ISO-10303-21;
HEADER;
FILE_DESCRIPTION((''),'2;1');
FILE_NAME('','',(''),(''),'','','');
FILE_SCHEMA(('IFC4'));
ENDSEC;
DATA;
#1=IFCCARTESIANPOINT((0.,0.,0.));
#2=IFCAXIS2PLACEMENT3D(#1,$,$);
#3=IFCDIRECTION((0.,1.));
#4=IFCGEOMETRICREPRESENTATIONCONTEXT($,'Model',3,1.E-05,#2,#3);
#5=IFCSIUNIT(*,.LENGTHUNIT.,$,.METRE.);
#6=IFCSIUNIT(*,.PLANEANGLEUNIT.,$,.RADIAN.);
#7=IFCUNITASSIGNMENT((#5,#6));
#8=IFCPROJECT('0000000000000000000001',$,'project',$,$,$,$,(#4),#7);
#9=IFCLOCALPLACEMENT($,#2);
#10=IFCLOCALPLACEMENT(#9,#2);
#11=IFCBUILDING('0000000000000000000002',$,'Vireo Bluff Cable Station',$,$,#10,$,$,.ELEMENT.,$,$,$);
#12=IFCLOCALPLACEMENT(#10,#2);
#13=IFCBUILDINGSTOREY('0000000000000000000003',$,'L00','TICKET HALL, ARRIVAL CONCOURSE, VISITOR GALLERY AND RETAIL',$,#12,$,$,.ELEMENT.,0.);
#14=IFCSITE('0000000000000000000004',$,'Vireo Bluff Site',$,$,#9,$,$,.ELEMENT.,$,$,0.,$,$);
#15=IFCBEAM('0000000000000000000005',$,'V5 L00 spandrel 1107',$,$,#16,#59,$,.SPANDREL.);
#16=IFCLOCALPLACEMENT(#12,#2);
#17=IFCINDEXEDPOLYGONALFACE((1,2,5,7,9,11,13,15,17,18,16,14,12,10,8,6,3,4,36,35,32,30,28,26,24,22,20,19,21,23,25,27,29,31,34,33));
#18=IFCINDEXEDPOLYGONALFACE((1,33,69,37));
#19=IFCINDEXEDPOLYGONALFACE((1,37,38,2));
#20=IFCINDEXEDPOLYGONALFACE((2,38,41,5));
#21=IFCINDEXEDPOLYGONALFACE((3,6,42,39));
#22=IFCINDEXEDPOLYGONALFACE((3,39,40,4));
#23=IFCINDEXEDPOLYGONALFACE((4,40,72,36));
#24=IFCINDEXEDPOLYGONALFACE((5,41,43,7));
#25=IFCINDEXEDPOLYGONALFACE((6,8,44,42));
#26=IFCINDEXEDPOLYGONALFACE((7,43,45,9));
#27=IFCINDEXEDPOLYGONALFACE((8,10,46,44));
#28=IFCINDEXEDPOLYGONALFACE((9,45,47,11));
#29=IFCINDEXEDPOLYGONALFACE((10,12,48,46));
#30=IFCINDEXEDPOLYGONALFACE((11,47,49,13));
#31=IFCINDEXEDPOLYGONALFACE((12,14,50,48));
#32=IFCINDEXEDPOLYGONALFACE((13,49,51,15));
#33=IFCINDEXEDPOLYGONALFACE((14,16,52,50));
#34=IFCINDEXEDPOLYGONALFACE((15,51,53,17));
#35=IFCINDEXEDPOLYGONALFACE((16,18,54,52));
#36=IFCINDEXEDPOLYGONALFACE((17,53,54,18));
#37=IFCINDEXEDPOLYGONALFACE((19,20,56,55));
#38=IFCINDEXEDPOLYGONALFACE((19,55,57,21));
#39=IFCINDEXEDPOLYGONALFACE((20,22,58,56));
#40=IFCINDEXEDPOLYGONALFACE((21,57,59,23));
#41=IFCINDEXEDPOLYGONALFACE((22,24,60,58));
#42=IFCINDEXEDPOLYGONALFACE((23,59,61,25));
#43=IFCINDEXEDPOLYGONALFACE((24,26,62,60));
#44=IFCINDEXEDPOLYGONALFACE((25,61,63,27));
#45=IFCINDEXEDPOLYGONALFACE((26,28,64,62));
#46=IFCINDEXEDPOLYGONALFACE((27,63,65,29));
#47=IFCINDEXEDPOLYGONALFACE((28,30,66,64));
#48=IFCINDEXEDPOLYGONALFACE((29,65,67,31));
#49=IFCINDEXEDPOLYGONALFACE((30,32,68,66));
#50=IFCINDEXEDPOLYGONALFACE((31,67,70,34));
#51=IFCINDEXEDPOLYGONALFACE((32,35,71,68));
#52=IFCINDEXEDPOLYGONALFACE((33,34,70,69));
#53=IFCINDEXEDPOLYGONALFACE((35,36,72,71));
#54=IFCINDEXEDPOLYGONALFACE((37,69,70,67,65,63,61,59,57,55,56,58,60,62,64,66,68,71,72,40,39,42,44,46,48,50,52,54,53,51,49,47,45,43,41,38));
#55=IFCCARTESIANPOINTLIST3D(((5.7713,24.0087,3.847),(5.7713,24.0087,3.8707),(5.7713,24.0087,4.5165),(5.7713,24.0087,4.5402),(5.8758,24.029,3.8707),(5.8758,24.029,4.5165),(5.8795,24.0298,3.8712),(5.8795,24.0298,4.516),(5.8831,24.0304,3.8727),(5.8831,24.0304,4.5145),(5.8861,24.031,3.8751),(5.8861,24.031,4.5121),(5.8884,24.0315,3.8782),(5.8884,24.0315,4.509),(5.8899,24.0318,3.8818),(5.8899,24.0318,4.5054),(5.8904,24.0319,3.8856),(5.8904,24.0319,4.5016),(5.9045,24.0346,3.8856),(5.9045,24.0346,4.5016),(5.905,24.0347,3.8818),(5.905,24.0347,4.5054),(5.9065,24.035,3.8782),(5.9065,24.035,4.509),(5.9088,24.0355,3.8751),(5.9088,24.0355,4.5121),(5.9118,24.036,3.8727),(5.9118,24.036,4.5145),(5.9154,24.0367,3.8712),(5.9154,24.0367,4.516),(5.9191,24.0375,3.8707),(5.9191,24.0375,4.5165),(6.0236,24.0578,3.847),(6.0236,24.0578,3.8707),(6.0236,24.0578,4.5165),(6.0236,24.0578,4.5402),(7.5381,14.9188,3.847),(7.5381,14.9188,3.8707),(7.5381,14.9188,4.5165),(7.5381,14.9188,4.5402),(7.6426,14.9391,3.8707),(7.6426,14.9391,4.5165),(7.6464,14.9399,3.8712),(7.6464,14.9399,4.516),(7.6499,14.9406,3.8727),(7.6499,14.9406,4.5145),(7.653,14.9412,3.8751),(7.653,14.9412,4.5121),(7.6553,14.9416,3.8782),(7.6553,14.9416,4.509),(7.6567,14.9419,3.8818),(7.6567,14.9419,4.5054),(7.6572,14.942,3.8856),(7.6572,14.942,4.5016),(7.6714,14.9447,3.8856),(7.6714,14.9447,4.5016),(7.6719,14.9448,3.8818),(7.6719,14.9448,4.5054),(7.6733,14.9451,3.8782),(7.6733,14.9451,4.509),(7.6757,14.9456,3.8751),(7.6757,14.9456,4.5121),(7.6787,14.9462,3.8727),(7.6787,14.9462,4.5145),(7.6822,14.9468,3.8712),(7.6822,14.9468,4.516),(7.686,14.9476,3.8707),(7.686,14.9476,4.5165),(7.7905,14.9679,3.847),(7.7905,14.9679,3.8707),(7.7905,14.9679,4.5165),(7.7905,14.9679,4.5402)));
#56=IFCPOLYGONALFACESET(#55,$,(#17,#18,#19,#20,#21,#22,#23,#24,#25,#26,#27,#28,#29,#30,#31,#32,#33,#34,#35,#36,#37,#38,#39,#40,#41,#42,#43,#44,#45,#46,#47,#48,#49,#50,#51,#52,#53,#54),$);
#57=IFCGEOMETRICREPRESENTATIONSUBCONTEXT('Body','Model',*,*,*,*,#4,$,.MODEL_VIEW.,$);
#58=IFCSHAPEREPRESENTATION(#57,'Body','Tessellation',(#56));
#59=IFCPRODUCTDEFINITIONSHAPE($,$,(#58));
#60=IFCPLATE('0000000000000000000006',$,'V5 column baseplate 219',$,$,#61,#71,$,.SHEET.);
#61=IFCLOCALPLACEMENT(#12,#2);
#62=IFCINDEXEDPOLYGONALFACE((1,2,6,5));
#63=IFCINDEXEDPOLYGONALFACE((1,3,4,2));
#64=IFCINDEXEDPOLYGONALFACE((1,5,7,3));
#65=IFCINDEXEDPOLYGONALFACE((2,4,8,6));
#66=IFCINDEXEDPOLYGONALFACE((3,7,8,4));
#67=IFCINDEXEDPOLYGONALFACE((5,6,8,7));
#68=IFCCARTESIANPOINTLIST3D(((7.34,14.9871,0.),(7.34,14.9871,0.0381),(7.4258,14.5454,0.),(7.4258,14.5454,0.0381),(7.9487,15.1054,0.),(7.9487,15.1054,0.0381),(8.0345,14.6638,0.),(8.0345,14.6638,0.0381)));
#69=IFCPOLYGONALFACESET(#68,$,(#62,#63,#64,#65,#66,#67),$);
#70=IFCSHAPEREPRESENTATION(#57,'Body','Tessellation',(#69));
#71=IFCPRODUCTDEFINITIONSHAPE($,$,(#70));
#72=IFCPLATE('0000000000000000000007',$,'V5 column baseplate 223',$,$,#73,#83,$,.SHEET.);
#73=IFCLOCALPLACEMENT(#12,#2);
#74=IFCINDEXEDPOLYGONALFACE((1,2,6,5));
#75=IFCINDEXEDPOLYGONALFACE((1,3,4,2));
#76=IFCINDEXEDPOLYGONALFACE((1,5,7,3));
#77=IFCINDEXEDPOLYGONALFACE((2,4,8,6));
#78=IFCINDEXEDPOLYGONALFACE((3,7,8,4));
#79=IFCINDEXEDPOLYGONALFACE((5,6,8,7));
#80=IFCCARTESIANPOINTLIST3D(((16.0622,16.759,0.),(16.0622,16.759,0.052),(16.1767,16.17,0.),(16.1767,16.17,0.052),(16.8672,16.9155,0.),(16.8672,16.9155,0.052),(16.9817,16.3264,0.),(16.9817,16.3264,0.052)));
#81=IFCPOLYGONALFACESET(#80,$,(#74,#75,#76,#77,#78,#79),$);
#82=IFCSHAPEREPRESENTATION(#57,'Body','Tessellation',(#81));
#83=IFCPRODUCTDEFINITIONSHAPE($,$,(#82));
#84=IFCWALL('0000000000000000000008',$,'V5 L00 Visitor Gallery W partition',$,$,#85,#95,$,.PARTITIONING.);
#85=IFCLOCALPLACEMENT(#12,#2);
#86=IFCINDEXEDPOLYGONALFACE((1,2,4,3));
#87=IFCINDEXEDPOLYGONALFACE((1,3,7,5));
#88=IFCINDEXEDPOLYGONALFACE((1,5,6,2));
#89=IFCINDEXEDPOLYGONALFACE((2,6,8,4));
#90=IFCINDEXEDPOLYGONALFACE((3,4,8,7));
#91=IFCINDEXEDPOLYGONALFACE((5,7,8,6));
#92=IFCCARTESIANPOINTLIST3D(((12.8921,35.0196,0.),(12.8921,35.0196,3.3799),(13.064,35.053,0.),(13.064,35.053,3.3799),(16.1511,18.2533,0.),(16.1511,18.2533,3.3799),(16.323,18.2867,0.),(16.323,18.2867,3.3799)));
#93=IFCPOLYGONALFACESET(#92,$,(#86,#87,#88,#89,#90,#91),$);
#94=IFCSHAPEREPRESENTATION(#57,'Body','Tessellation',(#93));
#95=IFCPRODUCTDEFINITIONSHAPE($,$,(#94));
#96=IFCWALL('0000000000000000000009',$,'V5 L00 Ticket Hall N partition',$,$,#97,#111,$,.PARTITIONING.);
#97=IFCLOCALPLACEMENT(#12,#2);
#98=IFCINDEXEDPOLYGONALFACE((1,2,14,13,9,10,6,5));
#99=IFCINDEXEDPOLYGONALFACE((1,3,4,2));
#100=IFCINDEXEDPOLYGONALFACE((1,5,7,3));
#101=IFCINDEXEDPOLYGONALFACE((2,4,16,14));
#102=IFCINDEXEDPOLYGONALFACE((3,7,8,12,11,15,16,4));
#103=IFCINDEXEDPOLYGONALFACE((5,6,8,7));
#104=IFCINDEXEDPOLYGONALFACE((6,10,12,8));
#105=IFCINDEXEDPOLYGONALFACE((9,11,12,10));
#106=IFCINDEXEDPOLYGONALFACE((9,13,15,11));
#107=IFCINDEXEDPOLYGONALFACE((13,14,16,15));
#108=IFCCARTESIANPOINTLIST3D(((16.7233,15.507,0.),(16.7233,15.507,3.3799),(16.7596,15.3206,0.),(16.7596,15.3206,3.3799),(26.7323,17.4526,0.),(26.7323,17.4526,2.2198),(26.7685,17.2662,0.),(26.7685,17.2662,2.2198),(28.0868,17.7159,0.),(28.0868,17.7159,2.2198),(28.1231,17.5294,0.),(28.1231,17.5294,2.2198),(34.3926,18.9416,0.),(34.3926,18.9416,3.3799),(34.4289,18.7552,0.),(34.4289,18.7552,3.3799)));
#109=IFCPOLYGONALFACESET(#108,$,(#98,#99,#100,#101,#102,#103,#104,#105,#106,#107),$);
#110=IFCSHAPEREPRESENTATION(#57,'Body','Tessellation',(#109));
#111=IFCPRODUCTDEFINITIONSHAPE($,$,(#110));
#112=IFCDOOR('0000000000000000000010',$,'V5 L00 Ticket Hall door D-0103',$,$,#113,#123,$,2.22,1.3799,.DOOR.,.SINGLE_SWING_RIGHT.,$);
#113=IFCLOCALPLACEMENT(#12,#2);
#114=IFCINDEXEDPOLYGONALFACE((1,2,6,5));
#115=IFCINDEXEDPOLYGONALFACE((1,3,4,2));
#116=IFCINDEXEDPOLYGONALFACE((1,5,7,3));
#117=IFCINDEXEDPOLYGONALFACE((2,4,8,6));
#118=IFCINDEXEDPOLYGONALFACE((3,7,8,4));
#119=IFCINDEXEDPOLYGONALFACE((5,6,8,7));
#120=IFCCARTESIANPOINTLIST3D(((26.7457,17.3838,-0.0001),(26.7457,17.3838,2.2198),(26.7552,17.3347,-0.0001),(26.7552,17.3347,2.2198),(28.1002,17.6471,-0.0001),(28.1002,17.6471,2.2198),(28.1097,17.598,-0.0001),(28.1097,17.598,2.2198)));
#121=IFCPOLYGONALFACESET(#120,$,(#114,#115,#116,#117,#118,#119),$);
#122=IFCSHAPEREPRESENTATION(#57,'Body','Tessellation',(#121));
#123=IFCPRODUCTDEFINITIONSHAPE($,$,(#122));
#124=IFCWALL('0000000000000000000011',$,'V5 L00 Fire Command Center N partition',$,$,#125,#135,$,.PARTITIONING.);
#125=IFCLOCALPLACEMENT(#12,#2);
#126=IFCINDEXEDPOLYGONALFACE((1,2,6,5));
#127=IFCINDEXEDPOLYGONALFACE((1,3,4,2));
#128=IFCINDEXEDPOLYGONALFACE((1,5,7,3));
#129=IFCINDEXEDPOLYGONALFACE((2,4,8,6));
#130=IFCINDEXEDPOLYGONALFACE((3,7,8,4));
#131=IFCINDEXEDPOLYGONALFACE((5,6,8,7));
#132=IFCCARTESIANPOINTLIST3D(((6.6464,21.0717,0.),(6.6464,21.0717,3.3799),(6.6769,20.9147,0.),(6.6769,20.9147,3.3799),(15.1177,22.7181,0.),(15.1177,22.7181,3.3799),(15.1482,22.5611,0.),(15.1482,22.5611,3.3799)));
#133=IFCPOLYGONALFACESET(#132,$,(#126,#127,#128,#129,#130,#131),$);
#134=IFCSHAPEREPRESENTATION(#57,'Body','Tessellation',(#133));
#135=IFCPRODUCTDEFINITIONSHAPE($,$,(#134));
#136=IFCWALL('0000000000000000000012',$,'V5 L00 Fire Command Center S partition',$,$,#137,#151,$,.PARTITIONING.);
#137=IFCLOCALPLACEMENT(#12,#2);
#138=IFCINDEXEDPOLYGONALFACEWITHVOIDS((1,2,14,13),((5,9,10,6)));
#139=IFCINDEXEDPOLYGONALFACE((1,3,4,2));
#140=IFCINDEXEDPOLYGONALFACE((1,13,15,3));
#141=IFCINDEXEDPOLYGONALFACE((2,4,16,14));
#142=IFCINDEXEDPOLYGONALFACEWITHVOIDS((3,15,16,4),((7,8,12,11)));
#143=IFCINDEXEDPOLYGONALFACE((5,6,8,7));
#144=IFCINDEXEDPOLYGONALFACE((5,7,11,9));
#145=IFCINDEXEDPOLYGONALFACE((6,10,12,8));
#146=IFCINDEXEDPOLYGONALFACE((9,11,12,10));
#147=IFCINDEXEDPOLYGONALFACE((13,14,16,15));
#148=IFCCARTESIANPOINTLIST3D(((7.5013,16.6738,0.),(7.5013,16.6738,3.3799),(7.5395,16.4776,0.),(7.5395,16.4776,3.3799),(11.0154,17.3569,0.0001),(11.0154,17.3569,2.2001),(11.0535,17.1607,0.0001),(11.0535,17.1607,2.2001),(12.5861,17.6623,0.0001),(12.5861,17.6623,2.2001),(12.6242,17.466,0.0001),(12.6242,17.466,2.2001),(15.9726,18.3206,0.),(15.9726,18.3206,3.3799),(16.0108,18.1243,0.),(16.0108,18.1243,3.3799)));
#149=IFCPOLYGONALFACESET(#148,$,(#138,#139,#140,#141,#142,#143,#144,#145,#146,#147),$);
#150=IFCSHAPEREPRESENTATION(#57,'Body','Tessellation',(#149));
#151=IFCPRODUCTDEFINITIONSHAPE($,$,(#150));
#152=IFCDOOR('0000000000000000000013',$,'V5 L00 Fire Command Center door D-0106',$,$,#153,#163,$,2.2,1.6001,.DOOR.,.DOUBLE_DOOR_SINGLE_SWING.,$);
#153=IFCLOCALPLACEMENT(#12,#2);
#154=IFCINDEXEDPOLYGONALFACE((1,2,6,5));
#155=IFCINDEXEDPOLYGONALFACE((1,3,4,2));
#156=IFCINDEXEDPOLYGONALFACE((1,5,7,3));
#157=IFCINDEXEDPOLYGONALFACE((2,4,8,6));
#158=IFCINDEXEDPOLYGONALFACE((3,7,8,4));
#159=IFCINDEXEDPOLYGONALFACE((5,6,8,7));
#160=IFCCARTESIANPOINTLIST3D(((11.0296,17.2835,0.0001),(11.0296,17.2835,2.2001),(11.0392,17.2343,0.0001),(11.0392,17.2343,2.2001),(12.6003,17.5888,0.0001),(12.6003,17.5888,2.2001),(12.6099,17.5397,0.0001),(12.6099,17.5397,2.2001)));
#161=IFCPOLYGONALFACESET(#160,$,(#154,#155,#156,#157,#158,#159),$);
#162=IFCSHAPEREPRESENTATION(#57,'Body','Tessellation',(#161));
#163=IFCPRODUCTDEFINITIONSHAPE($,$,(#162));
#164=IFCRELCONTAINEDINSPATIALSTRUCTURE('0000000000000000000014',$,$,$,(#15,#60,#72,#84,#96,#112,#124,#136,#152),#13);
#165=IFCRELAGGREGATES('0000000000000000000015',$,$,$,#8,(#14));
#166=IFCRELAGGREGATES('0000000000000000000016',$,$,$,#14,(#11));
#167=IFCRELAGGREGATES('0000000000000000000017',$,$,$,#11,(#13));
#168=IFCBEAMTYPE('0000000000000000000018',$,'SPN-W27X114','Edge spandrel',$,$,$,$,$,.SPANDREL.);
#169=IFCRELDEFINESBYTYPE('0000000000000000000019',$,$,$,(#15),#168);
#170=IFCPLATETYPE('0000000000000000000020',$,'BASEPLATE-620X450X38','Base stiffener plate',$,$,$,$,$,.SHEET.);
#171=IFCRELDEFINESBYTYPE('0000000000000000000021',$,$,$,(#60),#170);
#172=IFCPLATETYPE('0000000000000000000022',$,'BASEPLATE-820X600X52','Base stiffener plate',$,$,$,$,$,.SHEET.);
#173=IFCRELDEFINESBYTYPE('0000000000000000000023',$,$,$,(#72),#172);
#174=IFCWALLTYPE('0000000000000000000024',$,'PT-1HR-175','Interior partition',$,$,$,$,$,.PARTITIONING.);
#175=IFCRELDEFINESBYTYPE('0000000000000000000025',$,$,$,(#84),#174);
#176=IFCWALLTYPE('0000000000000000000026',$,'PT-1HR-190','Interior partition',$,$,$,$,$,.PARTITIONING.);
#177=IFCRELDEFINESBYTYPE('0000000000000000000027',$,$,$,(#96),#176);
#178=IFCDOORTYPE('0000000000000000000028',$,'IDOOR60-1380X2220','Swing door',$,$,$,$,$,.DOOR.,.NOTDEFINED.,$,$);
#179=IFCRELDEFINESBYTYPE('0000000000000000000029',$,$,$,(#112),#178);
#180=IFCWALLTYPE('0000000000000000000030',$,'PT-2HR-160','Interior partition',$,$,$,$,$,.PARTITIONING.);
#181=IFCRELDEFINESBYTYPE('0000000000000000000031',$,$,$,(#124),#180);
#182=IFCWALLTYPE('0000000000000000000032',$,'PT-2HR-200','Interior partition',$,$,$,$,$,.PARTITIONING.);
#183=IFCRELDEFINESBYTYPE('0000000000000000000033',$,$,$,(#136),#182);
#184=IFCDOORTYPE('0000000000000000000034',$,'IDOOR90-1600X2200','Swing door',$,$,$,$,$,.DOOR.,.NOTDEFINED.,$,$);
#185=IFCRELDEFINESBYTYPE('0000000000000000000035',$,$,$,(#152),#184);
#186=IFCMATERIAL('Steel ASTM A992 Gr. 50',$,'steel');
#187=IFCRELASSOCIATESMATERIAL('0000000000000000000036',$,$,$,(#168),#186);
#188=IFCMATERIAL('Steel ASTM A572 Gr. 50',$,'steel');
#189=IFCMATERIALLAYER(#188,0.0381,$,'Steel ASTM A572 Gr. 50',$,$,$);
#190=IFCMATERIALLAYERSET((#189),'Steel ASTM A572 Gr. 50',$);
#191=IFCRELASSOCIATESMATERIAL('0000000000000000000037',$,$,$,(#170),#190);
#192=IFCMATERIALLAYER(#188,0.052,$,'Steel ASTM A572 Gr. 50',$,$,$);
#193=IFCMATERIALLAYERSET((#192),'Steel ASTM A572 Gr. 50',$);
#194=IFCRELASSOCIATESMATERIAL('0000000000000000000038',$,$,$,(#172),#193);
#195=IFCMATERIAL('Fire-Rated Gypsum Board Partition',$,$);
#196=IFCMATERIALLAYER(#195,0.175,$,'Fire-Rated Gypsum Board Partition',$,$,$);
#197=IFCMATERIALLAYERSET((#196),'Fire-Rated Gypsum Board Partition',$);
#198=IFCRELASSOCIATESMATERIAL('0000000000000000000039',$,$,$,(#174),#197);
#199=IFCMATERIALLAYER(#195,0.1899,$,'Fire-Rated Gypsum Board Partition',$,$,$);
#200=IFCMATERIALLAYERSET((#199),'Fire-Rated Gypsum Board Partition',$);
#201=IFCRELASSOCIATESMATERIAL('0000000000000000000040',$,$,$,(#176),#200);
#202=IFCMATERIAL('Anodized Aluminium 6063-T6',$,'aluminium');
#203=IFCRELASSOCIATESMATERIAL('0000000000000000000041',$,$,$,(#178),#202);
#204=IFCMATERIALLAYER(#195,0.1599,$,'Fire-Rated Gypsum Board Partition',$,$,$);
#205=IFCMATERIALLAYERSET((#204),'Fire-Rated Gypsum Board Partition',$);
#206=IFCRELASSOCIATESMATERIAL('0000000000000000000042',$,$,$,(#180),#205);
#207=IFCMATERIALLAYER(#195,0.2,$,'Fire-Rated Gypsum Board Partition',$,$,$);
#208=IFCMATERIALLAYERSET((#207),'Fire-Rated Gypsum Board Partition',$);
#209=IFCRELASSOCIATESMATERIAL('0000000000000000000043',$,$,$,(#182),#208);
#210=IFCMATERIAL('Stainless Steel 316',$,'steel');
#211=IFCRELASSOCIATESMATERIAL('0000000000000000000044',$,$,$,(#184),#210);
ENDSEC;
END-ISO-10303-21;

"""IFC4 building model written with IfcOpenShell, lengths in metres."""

from ifc_helpers import new_model, si_unit, direction, frame, frame_2d, origin, origin_with_axes, origin_2d, place, context, subcontext, project, spatial, rectangle, i_section, extrude, material, layer, layer_set, material_profile, profile_set, type_object, element, fill, save


model = new_model("IFC4")

# Units and contexts
model_context = context("Model", 3, precision=1e-05, world=origin(), true_north=direction((0.0, 1.0)))
body_context = subcontext(model_context, "Body", "Model", "MODEL_VIEW")
ifc_project = project(units=[si_unit("LENGTHUNIT", "METRE"), si_unit("PLANEANGLEUNIT", "RADIAN")], contexts=[model_context])

# Site, building, storey
site_placement = place(None, origin())
site = spatial("IfcSite", under=ifc_project, at=site_placement, Name="Vireo Bluff Site", CompositionType="ELEMENT", RefElevation=0.0)
building_placement = place(site_placement, origin())
building = spatial("IfcBuilding", under=site, at=building_placement, Name="Vireo Bluff Cable Station", CompositionType="ELEMENT")
storey_placement = place(building_placement, origin())
storey = spatial("IfcBuildingStorey", under=building, at=storey_placement, Name="L00", Description="TICKET HALL, ARRIVAL CONCOURSE, VISITOR GALLERY AND RETAIL", CompositionType="ELEMENT", Elevation=0.0)

# Shared definitions
ifc_material_1 = material(Name="Steel ASTM A992 Gr. 50", Category="steel")

# Beam
ifc_material_profile_1 = material_profile(ifc_material_1, i_section(OverallWidth=0.2571, OverallDepth=0.6931, WebThickness=0.0144, FlangeThickness=0.0237, FilletRadius=0.0149, at=origin_2d()), Name="W27X114")
ifc_profile_set_1 = profile_set([ifc_material_profile_1], Name="Steel ASTM A992 Gr. 50")
beam_type_1 = type_object("IfcBeamType", Name="SPN-W27X114", Description="Edge spandrel", PredefinedType="SPANDREL", material=ifc_profile_set_1)
beam_1_placement = place(storey_placement, frame((7.6643, 14.9434, 4.1936), z_axis=(-0.190805, 0.981628, 0.0), x_axis=(-0.981628, -0.190805, 0.0)))
element("IfcBeam", 1, at=beam_1_placement, inside=storey, type_object=beam_type_1, Name="V5 L00 spandrel 1107", PredefinedType="SPANDREL", context=body_context, shape_type="SweptSolid", body=[
    extrude(i_section(OverallWidth=0.2571, OverallDepth=0.6931, WebThickness=0.0144, FlangeThickness=0.0237, FilletRadius=0.0149, at=origin_2d()), origin(), (0.0, 0.0, 1.0), 9.26),
])

# Plates
ifc_material_2 = material(Name="Steel ASTM A572 Gr. 50", Category="steel")
ifc_layer_1 = layer(ifc_material_2, 0.0381, Name="Steel ASTM A572 Gr. 50")
ifc_layer_set_1 = layer_set([ifc_layer_1], Name="Steel ASTM A572 Gr. 50")
plate_type_1 = type_object("IfcPlateType", Name="BASEPLATE-620X450X38", Description="Base stiffener plate", PredefinedType="SHEET", material=ifc_layer_set_1)
plate_1_placement = place(storey_placement, frame((7.6873, 14.8254, 0.0), z_axis=(0.0, 0.0, 1.0), x_axis=(0.981627, 0.190809, 0.0)))
element("IfcPlate", 2, at=plate_1_placement, inside=storey, type_object=plate_type_1, Name="V5 column baseplate 219", PredefinedType="SHEET", context=body_context, shape_type="SweptSolid", body=[
    extrude(rectangle(XDim=0.6201, YDim=0.45, at=origin_2d()), origin(), (0.0, 0.0, 1.0), 0.0381),
])
ifc_layer_2 = layer(ifc_material_2, 0.052, Name="Steel ASTM A572 Gr. 50")
ifc_layer_set_2 = layer_set([ifc_layer_2], Name="Steel ASTM A572 Gr. 50")
plate_type_2 = type_object("IfcPlateType", Name="BASEPLATE-820X600X52", Description="Base stiffener plate", PredefinedType="SHEET", material=ifc_layer_set_2)
plate_2_placement = place(storey_placement, frame((16.522, 16.5427, 0.0), z_axis=(0.0, 0.0, 1.0), x_axis=(0.981627, 0.190809, 0.0)))
element("IfcPlate", 3, at=plate_2_placement, inside=storey, type_object=plate_type_2, Name="V5 column baseplate 223", PredefinedType="SHEET", context=body_context, shape_type="SweptSolid", body=[
    extrude(rectangle(XDim=0.8201, YDim=0.6001, at=origin_2d()), origin(), (0.0, 0.0, 1.0), 0.052),
])

# Shared definitions
ifc_material_3 = material(Name="Anodized Aluminium 6063-T6", Category="aluminium")

# Wall
ifc_material_4 = material(Name="Fire-Rated Gypsum Board Partition")
ifc_layer_3 = layer(ifc_material_4, 0.175, Name="Fire-Rated Gypsum Board Partition")
ifc_layer_set_3 = layer_set([ifc_layer_3], Name="Fire-Rated Gypsum Board Partition")
wall_type_1 = type_object("IfcWallType", Name="PT-1HR-175", Description="Interior partition", PredefinedType="PARTITIONING", material=ifc_layer_set_3)
wall_1_placement = place(storey_placement, frame((16.2371, 18.27, 0.0), z_axis=(0.0, 0.0, 1.0), x_axis=(-0.190808, 0.981627, 0.0)))
element("IfcWall", 4, at=wall_1_placement, inside=storey, type_object=wall_type_1, Name="V5 L00 Visitor Gallery W partition", PredefinedType="PARTITIONING", context=body_context, shape_type="SweptSolid", body=[
    extrude(rectangle(XDim=17.0801, YDim=0.175, at=frame_2d((8.54, 0.0))), origin(), (0.0, 0.0, 1.0), 3.3799),
])

# Wall, opening, door
ifc_layer_4 = layer(ifc_material_4, 0.1899, Name="Fire-Rated Gypsum Board Partition")
ifc_layer_set_4 = layer_set([ifc_layer_4], Name="Fire-Rated Gypsum Board Partition")
wall_type_2 = type_object("IfcWallType", Name="PT-1HR-190", Description="Interior partition", PredefinedType="PARTITIONING", material=ifc_layer_set_4)
wall_2_placement = place(storey_placement, frame((16.7415, 15.4138, 0.0), z_axis=(0.0, 0.0, 1.0), x_axis=(0.981627, 0.19081, 0.0)))
wall_2 = element("IfcWall", 5, at=wall_2_placement, inside=storey, type_object=wall_type_2, Name="V5 L00 Ticket Hall N partition", PredefinedType="PARTITIONING", context=body_context, shape_type="SweptSolid", body=[
    extrude(rectangle(XDim=18.0, YDim=0.1899, at=frame_2d((9.0, 0.0))), origin(), (0.0, 0.0, 1.0), 3.3799),
])
opening_1_placement = place(wall_2_placement, frame((10.1963, 0.0, 0.0)))
opening_1 = element("IfcOpeningElement", 6, at=opening_1_placement, cuts=wall_2, PredefinedType="OPENING", context=body_context, shape_type="SweptSolid", body=[
    extrude(rectangle(XDim=1.3799, YDim=2.22, at=frame_2d((0.6899, 1.1099))), frame((0.0, 0.105, 0.0), z_axis=(0.0, -1.0, 0.0), x_axis=(1.0, 0.0, 0.0)), (0.0, 0.0, 1.0), 0.21),
])
door_type_1 = type_object("IfcDoorType", Name="IDOOR60-1380X2220", Description="Swing door", OperationType="NOTDEFINED", PredefinedType="DOOR", material=ifc_material_3)
door_1_placement = place(opening_1_placement, origin_with_axes())
door_1 = element("IfcDoor", 7, at=door_1_placement, inside=storey, type_object=door_type_1, Name="V5 L00 Ticket Hall door D-0103", OperationType="SINGLE_SWING_RIGHT", OverallHeight=2.22, OverallWidth=1.3799, PredefinedType="DOOR", context=body_context, shape_type="SweptSolid", body=[
    extrude(rectangle(XDim=1.3799, YDim=2.22, at=frame_2d((0.6899, 1.1099))), frame((0.0, 0.0249, 0.0), z_axis=(0.0, -1.0, 0.0), x_axis=(1.0, 0.0, 0.0)), (0.0, 0.0, 1.0), 0.05),
])
fill(opening_1, door_1)

# Wall
ifc_layer_5 = layer(ifc_material_4, 0.1599, Name="Fire-Rated Gypsum Board Partition")
ifc_layer_set_5 = layer_set([ifc_layer_5], Name="Fire-Rated Gypsum Board Partition")
wall_type_3 = type_object("IfcWallType", Name="PT-2HR-160", Description="Interior partition", PredefinedType="PARTITIONING", material=ifc_layer_set_5)
wall_3_placement = place(storey_placement, frame((6.6616, 20.9932, 0.0), z_axis=(0.0, 0.0, 1.0), x_axis=(0.981631, 0.190787, 0.0)))
element("IfcWall", 8, at=wall_3_placement, inside=storey, type_object=wall_type_3, Name="V5 L00 Fire Command Center N partition", PredefinedType="PARTITIONING", context=body_context, shape_type="SweptSolid", body=[
    extrude(rectangle(XDim=8.6299, YDim=0.1599, at=frame_2d((4.3149, 0.0))), origin(), (0.0, 0.0, 1.0), 3.3799),
])

# Wall, opening, door
ifc_layer_6 = layer(ifc_material_4, 0.2, Name="Fire-Rated Gypsum Board Partition")
ifc_layer_set_6 = layer_set([ifc_layer_6], Name="Fire-Rated Gypsum Board Partition")
wall_type_4 = type_object("IfcWallType", Name="PT-2HR-200", Description="Interior partition", PredefinedType="PARTITIONING", material=ifc_layer_set_6)
wall_4_placement = place(storey_placement, frame((15.9917, 18.2224, 0.0), z_axis=(0.0, 0.0, 1.0), x_axis=(-0.981626, -0.190814, 0.0)))
wall_4 = element("IfcWall", 9, at=wall_4_placement, inside=storey, type_object=wall_type_4, Name="V5 L00 Fire Command Center S partition", PredefinedType="PARTITIONING", context=body_context, shape_type="SweptSolid", body=[
    extrude(rectangle(XDim=8.6299, YDim=0.2, at=frame_2d((4.3149, 0.0))), origin(), (0.0, 0.0, 1.0), 3.3799),
])
opening_2_placement = place(wall_4_placement, frame((3.45, 0.0, 0.0)))
opening_2 = element("IfcOpeningElement", 10, at=opening_2_placement, cuts=wall_4, PredefinedType="OPENING", context=body_context, shape_type="SweptSolid", body=[
    extrude(rectangle(XDim=1.6001, YDim=2.2, at=frame_2d((0.8, 1.1001))), frame((0.0, 0.1099, 0.0), z_axis=(0.0, -1.0, 0.0), x_axis=(1.0, 0.0, 0.0)), (0.0, 0.0, 1.0), 0.22),
])
ifc_material_5 = material(Name="Stainless Steel 316", Category="steel")
door_type_2 = type_object("IfcDoorType", Name="IDOOR90-1600X2200", Description="Swing door", OperationType="NOTDEFINED", PredefinedType="DOOR", material=ifc_material_5)
door_2_placement = place(opening_2_placement, origin_with_axes())
door_2 = element("IfcDoor", 11, at=door_2_placement, inside=storey, type_object=door_type_2, Name="V5 L00 Fire Command Center door D-0106", OperationType="DOUBLE_DOOR_SINGLE_SWING", OverallHeight=2.2, OverallWidth=1.6001, PredefinedType="DOOR", context=body_context, shape_type="SweptSolid", body=[
    extrude(rectangle(XDim=1.6001, YDim=2.2, at=frame_2d((0.8, 1.1001))), frame((0.0, 0.0249, 0.0), z_axis=(0.0, -1.0, 0.0), x_axis=(1.0, 0.0, 0.0)), (0.0, 0.0, 1.0), 0.05),
])
fill(opening_2, door_2)

save(model, "model.ifc")
